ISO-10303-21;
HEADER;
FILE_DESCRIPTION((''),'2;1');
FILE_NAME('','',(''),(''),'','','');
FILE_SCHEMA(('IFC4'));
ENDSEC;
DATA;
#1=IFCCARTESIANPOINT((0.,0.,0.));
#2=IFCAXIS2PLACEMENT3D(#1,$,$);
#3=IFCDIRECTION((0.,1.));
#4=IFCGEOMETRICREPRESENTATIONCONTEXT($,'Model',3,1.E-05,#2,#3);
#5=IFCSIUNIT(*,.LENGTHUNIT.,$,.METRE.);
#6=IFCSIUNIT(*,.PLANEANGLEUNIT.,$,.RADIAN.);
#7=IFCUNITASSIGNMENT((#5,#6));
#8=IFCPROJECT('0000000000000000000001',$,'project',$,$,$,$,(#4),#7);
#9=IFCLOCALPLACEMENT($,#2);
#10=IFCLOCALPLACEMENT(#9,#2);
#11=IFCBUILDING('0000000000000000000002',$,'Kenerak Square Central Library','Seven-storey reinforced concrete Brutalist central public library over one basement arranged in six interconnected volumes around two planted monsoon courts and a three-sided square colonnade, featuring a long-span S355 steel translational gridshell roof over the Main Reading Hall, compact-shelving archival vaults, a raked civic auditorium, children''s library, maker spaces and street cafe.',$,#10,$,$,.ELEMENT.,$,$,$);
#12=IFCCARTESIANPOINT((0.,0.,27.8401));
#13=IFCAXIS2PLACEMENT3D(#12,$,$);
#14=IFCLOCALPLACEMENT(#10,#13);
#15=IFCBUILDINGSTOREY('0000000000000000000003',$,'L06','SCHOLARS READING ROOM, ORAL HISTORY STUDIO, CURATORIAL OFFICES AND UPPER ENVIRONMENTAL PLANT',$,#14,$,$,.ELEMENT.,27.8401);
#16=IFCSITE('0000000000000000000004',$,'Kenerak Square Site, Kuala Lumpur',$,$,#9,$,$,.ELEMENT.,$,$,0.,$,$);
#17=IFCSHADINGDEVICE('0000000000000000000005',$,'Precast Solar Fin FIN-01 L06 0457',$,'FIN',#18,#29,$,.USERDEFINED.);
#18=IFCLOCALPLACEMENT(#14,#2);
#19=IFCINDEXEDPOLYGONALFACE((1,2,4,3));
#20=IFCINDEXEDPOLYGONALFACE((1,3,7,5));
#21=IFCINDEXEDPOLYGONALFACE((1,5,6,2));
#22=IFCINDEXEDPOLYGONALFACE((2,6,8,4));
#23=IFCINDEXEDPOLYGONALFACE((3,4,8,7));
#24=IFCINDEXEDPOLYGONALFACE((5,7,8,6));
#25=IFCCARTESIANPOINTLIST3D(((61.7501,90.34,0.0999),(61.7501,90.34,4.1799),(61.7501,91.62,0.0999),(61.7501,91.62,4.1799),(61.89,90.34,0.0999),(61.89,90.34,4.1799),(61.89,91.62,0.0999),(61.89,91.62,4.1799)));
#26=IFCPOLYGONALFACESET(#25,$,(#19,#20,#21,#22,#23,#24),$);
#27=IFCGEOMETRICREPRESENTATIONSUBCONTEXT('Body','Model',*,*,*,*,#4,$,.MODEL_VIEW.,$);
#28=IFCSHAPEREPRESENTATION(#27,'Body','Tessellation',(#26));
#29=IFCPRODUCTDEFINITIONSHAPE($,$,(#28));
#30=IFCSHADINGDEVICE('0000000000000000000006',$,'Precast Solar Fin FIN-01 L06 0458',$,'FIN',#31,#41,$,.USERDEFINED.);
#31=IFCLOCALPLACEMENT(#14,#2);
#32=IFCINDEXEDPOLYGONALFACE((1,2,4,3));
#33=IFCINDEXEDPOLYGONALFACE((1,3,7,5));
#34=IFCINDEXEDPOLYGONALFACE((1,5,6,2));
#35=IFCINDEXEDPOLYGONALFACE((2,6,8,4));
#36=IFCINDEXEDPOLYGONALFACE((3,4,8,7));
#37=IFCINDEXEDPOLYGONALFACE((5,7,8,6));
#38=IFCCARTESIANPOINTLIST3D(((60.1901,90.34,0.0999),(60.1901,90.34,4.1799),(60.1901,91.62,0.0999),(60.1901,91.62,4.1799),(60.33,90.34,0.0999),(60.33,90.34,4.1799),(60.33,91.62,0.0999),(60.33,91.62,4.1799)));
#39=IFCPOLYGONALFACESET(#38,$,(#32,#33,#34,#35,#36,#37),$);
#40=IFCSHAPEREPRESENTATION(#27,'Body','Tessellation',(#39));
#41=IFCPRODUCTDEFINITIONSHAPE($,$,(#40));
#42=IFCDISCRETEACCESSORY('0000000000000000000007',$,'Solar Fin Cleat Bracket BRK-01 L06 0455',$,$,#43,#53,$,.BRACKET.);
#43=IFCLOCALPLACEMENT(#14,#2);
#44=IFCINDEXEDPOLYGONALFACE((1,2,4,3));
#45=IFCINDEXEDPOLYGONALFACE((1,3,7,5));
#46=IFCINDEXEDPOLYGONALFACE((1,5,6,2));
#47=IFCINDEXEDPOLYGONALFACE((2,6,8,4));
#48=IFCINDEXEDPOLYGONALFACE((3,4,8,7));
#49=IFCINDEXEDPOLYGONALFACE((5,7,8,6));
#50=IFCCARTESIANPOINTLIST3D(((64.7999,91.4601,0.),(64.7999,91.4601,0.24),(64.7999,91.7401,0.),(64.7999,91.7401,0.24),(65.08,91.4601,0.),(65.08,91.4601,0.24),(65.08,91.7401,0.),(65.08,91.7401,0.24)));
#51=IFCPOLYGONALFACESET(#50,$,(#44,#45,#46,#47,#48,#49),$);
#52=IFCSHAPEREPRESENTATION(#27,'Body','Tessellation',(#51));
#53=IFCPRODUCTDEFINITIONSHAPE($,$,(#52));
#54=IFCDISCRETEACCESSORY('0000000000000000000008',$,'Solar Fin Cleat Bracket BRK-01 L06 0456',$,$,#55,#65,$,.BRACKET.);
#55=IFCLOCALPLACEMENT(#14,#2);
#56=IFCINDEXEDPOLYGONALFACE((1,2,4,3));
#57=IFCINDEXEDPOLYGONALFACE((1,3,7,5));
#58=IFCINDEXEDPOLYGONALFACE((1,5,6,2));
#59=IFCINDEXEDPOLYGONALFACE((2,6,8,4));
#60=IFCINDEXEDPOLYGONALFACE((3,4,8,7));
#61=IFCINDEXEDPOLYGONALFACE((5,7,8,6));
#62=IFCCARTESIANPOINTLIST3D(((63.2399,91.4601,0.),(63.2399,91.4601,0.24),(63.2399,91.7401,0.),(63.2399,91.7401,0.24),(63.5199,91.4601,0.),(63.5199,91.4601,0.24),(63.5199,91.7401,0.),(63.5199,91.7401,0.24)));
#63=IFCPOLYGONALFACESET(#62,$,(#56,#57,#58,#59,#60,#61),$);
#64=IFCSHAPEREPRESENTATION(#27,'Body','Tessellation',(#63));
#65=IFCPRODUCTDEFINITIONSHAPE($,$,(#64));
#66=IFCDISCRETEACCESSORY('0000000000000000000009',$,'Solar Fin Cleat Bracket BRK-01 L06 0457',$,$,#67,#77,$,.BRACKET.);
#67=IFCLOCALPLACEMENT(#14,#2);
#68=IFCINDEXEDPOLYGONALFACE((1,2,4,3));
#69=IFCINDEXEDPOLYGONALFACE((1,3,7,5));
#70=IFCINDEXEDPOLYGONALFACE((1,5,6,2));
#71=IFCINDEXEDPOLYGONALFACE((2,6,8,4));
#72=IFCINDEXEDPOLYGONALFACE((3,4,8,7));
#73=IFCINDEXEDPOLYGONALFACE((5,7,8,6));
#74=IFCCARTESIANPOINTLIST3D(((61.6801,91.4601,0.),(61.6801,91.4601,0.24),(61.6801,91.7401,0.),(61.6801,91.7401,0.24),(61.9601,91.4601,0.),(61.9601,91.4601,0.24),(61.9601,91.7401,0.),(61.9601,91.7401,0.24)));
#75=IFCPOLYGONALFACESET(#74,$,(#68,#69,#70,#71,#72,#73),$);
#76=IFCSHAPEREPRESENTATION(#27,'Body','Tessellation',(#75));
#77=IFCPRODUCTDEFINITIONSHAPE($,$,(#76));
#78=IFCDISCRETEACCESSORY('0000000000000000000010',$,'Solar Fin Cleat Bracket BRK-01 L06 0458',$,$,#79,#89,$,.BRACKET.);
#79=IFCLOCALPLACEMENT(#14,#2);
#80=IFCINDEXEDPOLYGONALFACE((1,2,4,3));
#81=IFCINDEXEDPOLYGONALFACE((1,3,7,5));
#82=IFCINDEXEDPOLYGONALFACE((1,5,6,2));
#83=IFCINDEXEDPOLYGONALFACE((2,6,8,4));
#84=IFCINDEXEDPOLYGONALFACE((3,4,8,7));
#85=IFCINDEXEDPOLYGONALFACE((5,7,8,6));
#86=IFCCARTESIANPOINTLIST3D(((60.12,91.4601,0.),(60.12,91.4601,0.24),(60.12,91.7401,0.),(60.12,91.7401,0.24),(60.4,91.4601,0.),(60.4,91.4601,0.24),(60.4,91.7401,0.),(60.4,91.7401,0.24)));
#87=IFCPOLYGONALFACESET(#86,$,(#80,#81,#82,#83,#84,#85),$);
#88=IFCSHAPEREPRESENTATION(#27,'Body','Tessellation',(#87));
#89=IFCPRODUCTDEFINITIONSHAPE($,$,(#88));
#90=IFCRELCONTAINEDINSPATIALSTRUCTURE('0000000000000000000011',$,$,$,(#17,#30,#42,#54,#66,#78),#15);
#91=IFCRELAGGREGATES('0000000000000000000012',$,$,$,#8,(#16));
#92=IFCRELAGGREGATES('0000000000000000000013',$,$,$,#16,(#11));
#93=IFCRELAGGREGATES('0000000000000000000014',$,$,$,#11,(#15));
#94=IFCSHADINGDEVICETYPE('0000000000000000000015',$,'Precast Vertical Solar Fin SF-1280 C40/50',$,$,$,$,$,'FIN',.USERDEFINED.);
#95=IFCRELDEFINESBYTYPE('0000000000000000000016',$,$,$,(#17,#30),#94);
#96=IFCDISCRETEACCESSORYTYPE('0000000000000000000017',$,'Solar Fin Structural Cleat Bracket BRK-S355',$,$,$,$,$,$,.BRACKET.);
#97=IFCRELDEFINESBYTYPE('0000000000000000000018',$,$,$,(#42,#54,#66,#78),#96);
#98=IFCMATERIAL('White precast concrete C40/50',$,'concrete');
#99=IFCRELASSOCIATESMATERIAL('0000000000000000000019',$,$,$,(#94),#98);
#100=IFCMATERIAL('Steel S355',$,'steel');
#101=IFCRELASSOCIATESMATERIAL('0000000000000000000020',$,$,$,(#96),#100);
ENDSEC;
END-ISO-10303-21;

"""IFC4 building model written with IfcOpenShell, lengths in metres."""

from ifc_helpers import new_model, si_unit, direction, frame, origin, origin_2d, place, context, subcontext, project, spatial, rectangle, extrude, material, type_object, element, save


model = new_model("IFC4")

# Units and contexts
model_context = context("Model", 3, precision=1e-05, world=origin(), true_north=direction((0.0, 1.0)))
body_context = subcontext(model_context, "Body", "Model", "MODEL_VIEW")
ifc_project = project(units=[si_unit("LENGTHUNIT", "METRE"), si_unit("PLANEANGLEUNIT", "RADIAN")], contexts=[model_context])

# Site, building, storey
site_placement = place(None, origin())
site = spatial("IfcSite", under=ifc_project, at=site_placement, Name="Kenerak Square Site, Kuala Lumpur", CompositionType="ELEMENT", RefElevation=0.0)
building_placement = place(site_placement, origin())
building = spatial("IfcBuilding", under=site, at=building_placement, Name="Kenerak Square Central Library", Description="Seven-storey reinforced concrete Brutalist central public library over one basement arranged in six interconnected volumes around two planted monsoon courts and a three-sided square colonnade, featuring a long-span S355 steel translational gridshell roof over the Main Reading Hall, compact-shelving archival vaults, a raked civic auditorium, children's library, maker spaces and street cafe.", CompositionType="ELEMENT")
storey_placement = place(building_placement, frame((0.0, 0.0, 27.8401)))
storey = spatial("IfcBuildingStorey", under=building, at=storey_placement, Name="L06", Description="SCHOLARS READING ROOM, ORAL HISTORY STUDIO, CURATORIAL OFFICES AND UPPER ENVIRONMENTAL PLANT", CompositionType="ELEMENT", Elevation=27.8401)

# Shading devices
ifc_material_1 = material(Name="White precast concrete C40/50", Category="concrete")
shading_device_type = type_object("IfcShadingDeviceType", Name="Precast Vertical Solar Fin SF-1280 C40/50", ElementType="FIN", PredefinedType="USERDEFINED", material=ifc_material_1)
for number, where, z_axis, x_axis, name in (
    (1, (61.8201, 90.98, 0.0999), (0.0, 0.0, 1.0), (-1.0, 0.0, 0.0), "Precast Solar Fin FIN-01 L06 0457"),
    (2, (60.26, 90.98, 0.0999), (0.0, 0.0, 1.0), (-1.0, 0.0, 0.0), "Precast Solar Fin FIN-01 L06 0458"),
):
    element("IfcShadingDevice", number, at=place(storey_placement, frame(where, z_axis=z_axis, x_axis=x_axis)), inside=storey, type_object=shading_device_type, Name=name, ObjectType="FIN", PredefinedType="USERDEFINED", context=body_context, shape_type="SweptSolid", body=[
        extrude(rectangle(XDim=0.1399, YDim=1.28, at=origin_2d()), origin(), (0.0, 0.0, 1.0), 4.0801),
    ])

# Discrete accessories
ifc_material_2 = material(Name="Steel S355", Category="steel")
discrete_accessory_type = type_object("IfcDiscreteAccessoryType", Name="Solar Fin Structural Cleat Bracket BRK-S355", PredefinedType="BRACKET", material=ifc_material_2)
for number, where, z_axis, x_axis, name in (
    (3, (64.9399, 91.6001, 0.0), (0.0, 0.0, 1.0), (-1.0, 0.0, 0.0), "Solar Fin Cleat Bracket BRK-01 L06 0455"),
    (4, (63.3799, 91.6001, 0.0), (0.0, 0.0, 1.0), (-1.0, 0.0, 0.0), "Solar Fin Cleat Bracket BRK-01 L06 0456"),
    (5, (61.8201, 91.6001, 0.0), (0.0, 0.0, 1.0), (-1.0, 0.0, 0.0), "Solar Fin Cleat Bracket BRK-01 L06 0457"),
    (6, (60.26, 91.6001, 0.0), (0.0, 0.0, 1.0), (-1.0, 0.0, 0.0), "Solar Fin Cleat Bracket BRK-01 L06 0458"),
):
    element("IfcDiscreteAccessory", number, at=place(storey_placement, frame(where, z_axis=z_axis, x_axis=x_axis)), inside=storey, type_object=discrete_accessory_type, Name=name, PredefinedType="BRACKET", context=body_context, shape_type="SweptSolid", body=[
        extrude(rectangle(XDim=0.28, YDim=0.28, at=origin_2d()), origin(), (0.0, 0.0, 1.0), 0.24),
    ])

save(model, "model.ifc")
